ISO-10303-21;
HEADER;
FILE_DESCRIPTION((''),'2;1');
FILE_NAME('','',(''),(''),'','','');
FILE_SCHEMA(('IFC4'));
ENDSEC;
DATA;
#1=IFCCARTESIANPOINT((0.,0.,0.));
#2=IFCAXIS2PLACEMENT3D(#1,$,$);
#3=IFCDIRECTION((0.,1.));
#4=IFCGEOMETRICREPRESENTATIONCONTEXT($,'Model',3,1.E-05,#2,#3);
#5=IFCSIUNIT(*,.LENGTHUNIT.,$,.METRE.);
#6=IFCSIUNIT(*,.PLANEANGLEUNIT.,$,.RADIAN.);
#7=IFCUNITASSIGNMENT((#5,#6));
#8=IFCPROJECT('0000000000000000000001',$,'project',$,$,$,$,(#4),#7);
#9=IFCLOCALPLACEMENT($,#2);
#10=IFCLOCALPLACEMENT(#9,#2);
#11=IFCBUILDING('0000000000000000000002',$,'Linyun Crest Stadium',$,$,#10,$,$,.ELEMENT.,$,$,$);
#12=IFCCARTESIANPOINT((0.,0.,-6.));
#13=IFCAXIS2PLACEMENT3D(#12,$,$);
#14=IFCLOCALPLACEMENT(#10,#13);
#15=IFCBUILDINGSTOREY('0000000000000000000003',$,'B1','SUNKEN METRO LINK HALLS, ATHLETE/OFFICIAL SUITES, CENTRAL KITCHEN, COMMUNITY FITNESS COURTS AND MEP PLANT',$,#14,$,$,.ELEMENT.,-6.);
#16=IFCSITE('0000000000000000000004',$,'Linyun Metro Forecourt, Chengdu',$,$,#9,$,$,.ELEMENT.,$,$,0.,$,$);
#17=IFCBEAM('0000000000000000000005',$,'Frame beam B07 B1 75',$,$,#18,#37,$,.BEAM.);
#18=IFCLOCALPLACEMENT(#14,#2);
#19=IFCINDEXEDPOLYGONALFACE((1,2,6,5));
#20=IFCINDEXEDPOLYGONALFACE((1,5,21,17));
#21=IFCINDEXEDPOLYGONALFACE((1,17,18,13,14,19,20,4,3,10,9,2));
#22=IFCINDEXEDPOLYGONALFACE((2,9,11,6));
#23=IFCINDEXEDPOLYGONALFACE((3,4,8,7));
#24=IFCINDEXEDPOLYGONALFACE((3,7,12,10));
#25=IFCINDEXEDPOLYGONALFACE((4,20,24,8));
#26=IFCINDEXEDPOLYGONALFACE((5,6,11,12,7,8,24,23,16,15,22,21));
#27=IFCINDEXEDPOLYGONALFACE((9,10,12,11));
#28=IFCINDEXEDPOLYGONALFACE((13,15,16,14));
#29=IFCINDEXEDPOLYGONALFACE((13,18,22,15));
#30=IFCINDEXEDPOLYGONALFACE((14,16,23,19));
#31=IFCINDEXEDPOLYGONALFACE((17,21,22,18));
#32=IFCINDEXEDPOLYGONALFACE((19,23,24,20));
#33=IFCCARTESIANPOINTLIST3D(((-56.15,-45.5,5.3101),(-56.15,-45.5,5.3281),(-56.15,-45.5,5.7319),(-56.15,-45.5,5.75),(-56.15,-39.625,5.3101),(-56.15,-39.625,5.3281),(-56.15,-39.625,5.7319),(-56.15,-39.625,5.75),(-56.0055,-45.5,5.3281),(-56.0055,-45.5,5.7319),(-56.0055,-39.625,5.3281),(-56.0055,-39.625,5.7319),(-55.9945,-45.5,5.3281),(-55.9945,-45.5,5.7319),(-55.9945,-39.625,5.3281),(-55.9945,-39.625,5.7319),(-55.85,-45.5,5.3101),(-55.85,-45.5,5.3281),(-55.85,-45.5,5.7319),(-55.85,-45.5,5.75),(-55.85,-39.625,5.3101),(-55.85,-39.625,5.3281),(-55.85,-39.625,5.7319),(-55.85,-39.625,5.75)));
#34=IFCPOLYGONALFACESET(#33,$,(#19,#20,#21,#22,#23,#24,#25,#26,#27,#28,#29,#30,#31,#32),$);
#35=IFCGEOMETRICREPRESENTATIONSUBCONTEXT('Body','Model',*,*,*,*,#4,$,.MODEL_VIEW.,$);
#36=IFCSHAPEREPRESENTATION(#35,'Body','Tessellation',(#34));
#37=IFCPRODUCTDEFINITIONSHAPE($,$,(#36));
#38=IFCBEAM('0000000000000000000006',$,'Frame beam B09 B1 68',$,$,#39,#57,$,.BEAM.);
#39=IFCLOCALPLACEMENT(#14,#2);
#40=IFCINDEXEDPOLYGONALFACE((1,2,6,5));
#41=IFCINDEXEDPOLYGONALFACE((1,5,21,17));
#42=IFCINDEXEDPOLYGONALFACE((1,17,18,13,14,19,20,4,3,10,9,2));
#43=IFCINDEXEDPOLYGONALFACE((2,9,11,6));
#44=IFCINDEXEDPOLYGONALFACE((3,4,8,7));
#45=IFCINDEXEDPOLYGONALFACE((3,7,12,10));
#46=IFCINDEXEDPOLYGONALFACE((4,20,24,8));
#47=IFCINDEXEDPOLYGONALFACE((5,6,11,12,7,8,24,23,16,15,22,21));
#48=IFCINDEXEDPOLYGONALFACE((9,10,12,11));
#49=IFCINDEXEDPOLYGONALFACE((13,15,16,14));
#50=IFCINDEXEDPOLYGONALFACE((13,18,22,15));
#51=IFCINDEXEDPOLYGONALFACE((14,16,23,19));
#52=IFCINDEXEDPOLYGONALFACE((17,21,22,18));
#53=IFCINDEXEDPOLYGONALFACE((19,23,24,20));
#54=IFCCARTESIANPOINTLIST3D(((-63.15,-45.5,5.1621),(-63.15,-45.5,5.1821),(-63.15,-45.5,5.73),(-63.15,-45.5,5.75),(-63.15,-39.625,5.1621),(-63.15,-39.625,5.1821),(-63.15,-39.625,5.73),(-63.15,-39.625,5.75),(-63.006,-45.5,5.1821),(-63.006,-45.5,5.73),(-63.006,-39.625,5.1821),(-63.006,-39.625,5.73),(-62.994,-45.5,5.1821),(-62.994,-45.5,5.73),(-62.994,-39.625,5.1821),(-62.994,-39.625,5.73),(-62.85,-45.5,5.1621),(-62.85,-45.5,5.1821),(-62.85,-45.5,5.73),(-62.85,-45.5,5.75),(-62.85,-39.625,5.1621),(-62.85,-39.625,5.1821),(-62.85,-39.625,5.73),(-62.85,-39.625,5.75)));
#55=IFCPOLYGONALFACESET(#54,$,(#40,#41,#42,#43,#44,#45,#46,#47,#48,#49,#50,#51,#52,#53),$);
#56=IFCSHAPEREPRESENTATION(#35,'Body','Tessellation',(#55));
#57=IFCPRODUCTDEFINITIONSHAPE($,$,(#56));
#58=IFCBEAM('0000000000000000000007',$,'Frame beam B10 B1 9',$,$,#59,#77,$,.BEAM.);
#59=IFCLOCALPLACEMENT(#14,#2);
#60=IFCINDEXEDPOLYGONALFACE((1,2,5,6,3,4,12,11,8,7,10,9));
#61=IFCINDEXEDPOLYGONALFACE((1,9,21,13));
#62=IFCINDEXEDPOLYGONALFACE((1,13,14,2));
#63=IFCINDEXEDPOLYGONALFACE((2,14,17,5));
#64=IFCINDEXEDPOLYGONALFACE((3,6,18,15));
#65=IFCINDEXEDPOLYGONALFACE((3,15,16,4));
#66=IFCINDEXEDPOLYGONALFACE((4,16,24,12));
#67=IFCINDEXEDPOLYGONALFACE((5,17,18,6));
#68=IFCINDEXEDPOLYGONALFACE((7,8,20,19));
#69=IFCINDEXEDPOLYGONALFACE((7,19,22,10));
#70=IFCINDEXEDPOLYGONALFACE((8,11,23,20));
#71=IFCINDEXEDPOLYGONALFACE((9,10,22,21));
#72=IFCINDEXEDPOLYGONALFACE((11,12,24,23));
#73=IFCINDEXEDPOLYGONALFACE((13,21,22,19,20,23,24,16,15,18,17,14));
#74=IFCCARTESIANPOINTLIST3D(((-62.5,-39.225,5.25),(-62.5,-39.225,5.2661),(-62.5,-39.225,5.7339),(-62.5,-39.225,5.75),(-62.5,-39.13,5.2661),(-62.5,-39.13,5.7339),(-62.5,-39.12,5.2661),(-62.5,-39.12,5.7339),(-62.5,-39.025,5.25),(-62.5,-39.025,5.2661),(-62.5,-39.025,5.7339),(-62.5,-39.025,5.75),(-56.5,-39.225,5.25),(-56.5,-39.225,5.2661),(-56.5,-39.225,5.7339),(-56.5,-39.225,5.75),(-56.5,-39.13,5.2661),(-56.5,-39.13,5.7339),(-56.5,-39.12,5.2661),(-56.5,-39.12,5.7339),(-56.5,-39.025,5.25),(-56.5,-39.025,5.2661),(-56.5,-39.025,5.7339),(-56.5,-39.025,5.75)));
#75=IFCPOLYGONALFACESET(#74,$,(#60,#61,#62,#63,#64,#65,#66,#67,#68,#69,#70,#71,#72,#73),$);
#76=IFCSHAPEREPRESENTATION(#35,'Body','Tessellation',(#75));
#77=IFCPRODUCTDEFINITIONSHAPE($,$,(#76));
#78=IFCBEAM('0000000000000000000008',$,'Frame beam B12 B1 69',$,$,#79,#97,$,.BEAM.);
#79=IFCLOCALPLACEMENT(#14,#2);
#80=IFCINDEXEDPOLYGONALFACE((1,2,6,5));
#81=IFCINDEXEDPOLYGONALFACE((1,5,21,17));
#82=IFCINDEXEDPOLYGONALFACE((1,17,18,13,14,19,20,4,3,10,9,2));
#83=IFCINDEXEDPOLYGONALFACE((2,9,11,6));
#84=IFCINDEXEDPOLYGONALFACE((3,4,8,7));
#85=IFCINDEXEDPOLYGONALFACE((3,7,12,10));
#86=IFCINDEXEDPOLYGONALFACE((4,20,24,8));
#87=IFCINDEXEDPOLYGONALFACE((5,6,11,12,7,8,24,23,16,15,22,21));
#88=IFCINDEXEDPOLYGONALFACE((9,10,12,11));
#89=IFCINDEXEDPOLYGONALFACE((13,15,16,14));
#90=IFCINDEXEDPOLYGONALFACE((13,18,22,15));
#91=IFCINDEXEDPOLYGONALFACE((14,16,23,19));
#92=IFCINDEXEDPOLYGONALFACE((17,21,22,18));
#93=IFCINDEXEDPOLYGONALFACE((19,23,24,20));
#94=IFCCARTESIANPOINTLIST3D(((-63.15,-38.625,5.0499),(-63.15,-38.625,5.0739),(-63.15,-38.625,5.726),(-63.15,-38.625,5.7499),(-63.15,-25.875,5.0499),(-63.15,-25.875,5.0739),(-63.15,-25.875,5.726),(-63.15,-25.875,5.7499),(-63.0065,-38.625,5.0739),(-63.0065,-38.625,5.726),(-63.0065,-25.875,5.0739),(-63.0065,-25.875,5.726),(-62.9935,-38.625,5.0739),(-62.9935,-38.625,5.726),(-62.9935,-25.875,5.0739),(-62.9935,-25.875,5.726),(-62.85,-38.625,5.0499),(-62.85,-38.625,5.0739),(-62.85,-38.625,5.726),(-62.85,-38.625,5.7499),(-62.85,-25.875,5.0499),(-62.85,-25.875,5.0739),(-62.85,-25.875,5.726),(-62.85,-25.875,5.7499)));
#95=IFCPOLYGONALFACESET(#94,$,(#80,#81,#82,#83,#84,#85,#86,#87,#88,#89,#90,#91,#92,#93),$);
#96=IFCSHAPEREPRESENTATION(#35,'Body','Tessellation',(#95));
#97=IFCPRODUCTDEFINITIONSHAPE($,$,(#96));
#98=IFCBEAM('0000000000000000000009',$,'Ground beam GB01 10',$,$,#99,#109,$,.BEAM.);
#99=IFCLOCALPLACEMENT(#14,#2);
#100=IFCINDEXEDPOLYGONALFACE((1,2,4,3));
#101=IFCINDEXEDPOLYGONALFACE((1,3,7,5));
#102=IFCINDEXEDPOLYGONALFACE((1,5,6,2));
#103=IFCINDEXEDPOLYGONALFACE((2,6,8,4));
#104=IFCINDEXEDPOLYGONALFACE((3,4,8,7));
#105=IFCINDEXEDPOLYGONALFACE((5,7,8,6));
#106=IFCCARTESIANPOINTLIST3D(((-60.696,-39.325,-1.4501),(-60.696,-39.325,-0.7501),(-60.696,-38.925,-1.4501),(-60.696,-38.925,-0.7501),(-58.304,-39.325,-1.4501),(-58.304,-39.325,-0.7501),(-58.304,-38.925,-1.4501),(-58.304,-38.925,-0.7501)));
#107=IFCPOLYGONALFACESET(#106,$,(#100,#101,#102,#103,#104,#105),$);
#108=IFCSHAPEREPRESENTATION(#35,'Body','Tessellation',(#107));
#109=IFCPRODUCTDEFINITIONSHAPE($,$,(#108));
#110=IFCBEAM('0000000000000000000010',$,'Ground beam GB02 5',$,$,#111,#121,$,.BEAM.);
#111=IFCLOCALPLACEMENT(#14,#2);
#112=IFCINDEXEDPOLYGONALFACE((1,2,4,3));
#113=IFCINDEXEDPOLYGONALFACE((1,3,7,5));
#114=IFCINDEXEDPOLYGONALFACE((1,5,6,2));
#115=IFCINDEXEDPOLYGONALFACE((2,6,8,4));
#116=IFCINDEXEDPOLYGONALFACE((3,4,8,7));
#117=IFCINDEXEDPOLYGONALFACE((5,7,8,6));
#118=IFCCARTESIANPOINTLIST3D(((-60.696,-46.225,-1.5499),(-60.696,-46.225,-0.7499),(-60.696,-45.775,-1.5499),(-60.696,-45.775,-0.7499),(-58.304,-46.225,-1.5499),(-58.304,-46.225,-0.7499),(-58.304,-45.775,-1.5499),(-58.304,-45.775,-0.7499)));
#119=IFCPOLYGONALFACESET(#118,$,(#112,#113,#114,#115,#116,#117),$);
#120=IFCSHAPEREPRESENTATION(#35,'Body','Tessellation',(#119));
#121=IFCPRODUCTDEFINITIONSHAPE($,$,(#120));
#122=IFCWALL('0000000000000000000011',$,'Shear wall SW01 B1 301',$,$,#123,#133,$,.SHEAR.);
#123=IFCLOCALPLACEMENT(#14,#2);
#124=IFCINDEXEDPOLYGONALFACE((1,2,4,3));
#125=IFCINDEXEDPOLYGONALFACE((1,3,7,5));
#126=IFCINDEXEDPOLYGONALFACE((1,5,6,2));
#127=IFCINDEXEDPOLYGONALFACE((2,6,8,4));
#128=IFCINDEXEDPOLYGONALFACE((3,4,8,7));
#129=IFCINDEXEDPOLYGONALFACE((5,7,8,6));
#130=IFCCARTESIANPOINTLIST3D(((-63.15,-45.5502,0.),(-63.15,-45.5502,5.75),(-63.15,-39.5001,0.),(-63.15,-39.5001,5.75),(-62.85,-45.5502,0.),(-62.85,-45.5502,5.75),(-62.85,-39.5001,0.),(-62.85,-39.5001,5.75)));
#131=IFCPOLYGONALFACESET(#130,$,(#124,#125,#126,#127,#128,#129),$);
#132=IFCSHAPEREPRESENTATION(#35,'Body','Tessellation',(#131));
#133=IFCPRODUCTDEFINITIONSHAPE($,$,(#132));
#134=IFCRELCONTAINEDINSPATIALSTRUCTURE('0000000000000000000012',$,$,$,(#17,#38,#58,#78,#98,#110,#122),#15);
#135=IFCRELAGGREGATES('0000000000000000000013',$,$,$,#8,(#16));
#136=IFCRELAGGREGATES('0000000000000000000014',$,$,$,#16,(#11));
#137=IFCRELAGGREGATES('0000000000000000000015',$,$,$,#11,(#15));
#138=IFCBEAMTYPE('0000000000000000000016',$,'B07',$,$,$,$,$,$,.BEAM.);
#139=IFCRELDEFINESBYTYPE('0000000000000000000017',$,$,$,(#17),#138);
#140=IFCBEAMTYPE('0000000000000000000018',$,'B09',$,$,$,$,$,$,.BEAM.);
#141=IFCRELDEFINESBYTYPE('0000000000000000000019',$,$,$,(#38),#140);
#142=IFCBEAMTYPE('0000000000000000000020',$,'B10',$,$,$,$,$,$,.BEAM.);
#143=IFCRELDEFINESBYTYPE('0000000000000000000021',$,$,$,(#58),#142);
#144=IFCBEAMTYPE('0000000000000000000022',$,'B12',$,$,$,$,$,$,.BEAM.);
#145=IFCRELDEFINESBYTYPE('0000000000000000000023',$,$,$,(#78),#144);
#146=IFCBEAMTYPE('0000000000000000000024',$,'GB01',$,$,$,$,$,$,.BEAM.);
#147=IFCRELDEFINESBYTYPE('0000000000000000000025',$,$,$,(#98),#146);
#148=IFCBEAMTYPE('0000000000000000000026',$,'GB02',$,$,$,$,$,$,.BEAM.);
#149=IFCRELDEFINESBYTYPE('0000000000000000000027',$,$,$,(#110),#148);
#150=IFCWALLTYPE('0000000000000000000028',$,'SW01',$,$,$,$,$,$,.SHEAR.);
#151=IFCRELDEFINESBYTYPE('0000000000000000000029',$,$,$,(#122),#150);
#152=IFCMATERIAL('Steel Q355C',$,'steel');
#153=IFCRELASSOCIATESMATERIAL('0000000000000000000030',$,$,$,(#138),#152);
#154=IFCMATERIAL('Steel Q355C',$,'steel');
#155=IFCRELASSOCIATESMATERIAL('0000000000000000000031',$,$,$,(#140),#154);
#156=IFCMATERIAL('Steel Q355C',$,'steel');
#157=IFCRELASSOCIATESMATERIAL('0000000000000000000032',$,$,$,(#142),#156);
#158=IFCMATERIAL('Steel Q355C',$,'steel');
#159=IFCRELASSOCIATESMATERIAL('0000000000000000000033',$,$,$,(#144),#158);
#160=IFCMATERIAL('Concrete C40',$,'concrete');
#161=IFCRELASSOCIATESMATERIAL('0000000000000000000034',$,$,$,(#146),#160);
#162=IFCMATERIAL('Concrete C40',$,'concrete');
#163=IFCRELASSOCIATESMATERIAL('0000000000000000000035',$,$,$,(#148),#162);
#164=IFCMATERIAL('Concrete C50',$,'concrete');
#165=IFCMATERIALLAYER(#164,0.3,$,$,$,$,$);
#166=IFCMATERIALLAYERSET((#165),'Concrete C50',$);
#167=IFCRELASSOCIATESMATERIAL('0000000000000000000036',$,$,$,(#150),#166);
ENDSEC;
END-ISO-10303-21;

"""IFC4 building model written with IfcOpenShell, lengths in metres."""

from ifc_helpers import new_model, si_unit, direction, frame, frame_2d, origin, origin_2d, place, context, subcontext, project, spatial, rectangle, i_section, extrude, material, layer, layer_set, material_profile, profile_set, type_object, element, save


model = new_model("IFC4")

# Units and contexts
model_context = context("Model", 3, precision=1e-05, world=origin(), true_north=direction((0.0, 1.0)))
body_context = subcontext(model_context, "Body", "Model", "MODEL_VIEW")
ifc_project = project(units=[si_unit("LENGTHUNIT", "METRE"), si_unit("PLANEANGLEUNIT", "RADIAN")], contexts=[model_context])

# Site, building, storey
site_placement = place(None, origin())
site = spatial("IfcSite", under=ifc_project, at=site_placement, Name="Linyun Metro Forecourt, Chengdu", CompositionType="ELEMENT", RefElevation=0.0)
building_placement = place(site_placement, origin())
building = spatial("IfcBuilding", under=site, at=building_placement, Name="Linyun Crest Stadium", CompositionType="ELEMENT")
storey_placement = place(building_placement, frame((0.0, 0.0, -6.0)))
storey = spatial("IfcBuildingStorey", under=building, at=storey_placement, Name="B1", Description="SUNKEN METRO LINK HALLS, ATHLETE/OFFICIAL SUITES, CENTRAL KITCHEN, COMMUNITY FITNESS COURTS AND MEP PLANT", CompositionType="ELEMENT", Elevation=-6.0)

# Beams
ifc_material_1 = material(Name="Steel Q355C", Category="steel")
ifc_material_profile_1 = material_profile(ifc_material_1, i_section(OverallWidth=0.3, OverallDepth=0.4399, WebThickness=0.011, FlangeThickness=0.0181, at=origin_2d()), Name="HM 440x300")
ifc_profile_set_1 = profile_set([ifc_material_profile_1], Name="Steel Q355C")
beam_type_1 = type_object("IfcBeamType", Name="B07", PredefinedType="BEAM", material=ifc_profile_set_1)
beam_1_placement = place(storey_placement, frame((-56.0, -45.5, 5.53), z_axis=(0.0, 1.0, 0.0), x_axis=(-1.0, 0.0, 0.0)))
element("IfcBeam", 1, at=beam_1_placement, inside=storey, type_object=beam_type_1, Name="Frame beam B07 B1 75", PredefinedType="BEAM", context=body_context, shape_type="SweptSolid", body=[
    extrude(i_section(OverallWidth=0.3, OverallDepth=0.4399, WebThickness=0.011, FlangeThickness=0.0181, at=origin_2d()), origin(), (0.0, 0.0, 1.0), 5.875),
])
ifc_material_2 = material(Name="Steel Q355C", Category="steel")
ifc_material_profile_2 = material_profile(ifc_material_2, i_section(OverallWidth=0.3, OverallDepth=0.5879, WebThickness=0.012, FlangeThickness=0.02, at=origin_2d()), Name="HM 588x300")
ifc_profile_set_2 = profile_set([ifc_material_profile_2], Name="Steel Q355C")
beam_type_2 = type_object("IfcBeamType", Name="B09", PredefinedType="BEAM", material=ifc_profile_set_2)
beam_2_placement = place(storey_placement, frame((-63.0, -45.5, 5.4561), z_axis=(0.0, 1.0, 0.0), x_axis=(-1.0, 0.0, 0.0)))
element("IfcBeam", 2, at=beam_2_placement, inside=storey, type_object=beam_type_2, Name="Frame beam B09 B1 68", PredefinedType="BEAM", context=body_context, shape_type="SweptSolid", body=[
    extrude(i_section(OverallWidth=0.3, OverallDepth=0.5879, WebThickness=0.012, FlangeThickness=0.02, at=origin_2d()), origin(), (0.0, 0.0, 1.0), 5.875),
])
ifc_material_3 = material(Name="Steel Q355C", Category="steel")
ifc_material_profile_3 = material_profile(ifc_material_3, i_section(OverallWidth=0.2, OverallDepth=0.5, WebThickness=0.01, FlangeThickness=0.0161, at=origin_2d()), Name="HN 500x200")
ifc_profile_set_3 = profile_set([ifc_material_profile_3], Name="Steel Q355C")
beam_type_3 = type_object("IfcBeamType", Name="B10", PredefinedType="BEAM", material=ifc_profile_set_3)
beam_3_placement = place(storey_placement, frame((-62.5, -39.125, 5.5), z_axis=(1.0, 0.0, 0.0), x_axis=(0.0, 1.0, 0.0)))
element("IfcBeam", 3, at=beam_3_placement, inside=storey, type_object=beam_type_3, Name="Frame beam B10 B1 9", PredefinedType="BEAM", context=body_context, shape_type="SweptSolid", body=[
    extrude(i_section(OverallWidth=0.2, OverallDepth=0.5, WebThickness=0.01, FlangeThickness=0.0161, at=origin_2d()), origin(), (0.0, 0.0, 1.0), 6.0),
])
ifc_material_4 = material(Name="Steel Q355C", Category="steel")
ifc_material_profile_4 = material_profile(ifc_material_4, i_section(OverallWidth=0.3, OverallDepth=0.7, WebThickness=0.0129, FlangeThickness=0.0239, at=origin_2d()), Name="HN 700x300")
ifc_profile_set_4 = profile_set([ifc_material_profile_4], Name="Steel Q355C")
beam_type_4 = type_object("IfcBeamType", Name="B12", PredefinedType="BEAM", material=ifc_profile_set_4)
beam_4_placement = place(storey_placement, frame((-63.0, -38.625, 5.3999), z_axis=(0.0, 1.0, 0.0), x_axis=(-1.0, 0.0, 0.0)))
element("IfcBeam", 4, at=beam_4_placement, inside=storey, type_object=beam_type_4, Name="Frame beam B12 B1 69", PredefinedType="BEAM", context=body_context, shape_type="SweptSolid", body=[
    extrude(i_section(OverallWidth=0.3, OverallDepth=0.7, WebThickness=0.0129, FlangeThickness=0.0239, at=origin_2d()), origin(), (0.0, 0.0, 1.0), 12.75),
])
ifc_material_5 = material(Name="Concrete C40", Category="concrete")
ifc_material_profile_5 = material_profile(ifc_material_5, rectangle(XDim=0.3999, YDim=0.7, at=origin_2d()), Name="RCB 700x400")
ifc_profile_set_5 = profile_set([ifc_material_profile_5], Name="Concrete C40")
beam_type_5 = type_object("IfcBeamType", Name="GB01", PredefinedType="BEAM", material=ifc_profile_set_5)
beam_5_placement = place(storey_placement, frame((-60.696, -39.125, -1.1001), z_axis=(1.0, 0.0, 0.0), x_axis=(0.0, 1.0, 0.0)))
element("IfcBeam", 5, at=beam_5_placement, inside=storey, type_object=beam_type_5, Name="Ground beam GB01 10", PredefinedType="BEAM", context=body_context, shape_type="SweptSolid", body=[
    extrude(rectangle(XDim=0.3999, YDim=0.7, at=origin_2d()), origin(), (0.0, 0.0, 1.0), 2.3921),
])
ifc_material_6 = material(Name="Concrete C40", Category="concrete")
ifc_material_profile_6 = material_profile(ifc_material_6, rectangle(XDim=0.45, YDim=0.8, at=origin_2d()), Name="RCB 800x450")
ifc_profile_set_6 = profile_set([ifc_material_profile_6], Name="Concrete C40")
beam_type_6 = type_object("IfcBeamType", Name="GB02", PredefinedType="BEAM", material=ifc_profile_set_6)
beam_6_placement = place(storey_placement, frame((-60.696, -46.0, -1.1499), z_axis=(1.0, 0.0, 0.0), x_axis=(0.0, 1.0, 0.0)))
element("IfcBeam", 6, at=beam_6_placement, inside=storey, type_object=beam_type_6, Name="Ground beam GB02 5", PredefinedType="BEAM", context=body_context, shape_type="SweptSolid", body=[
    extrude(rectangle(XDim=0.45, YDim=0.8, at=origin_2d()), origin(), (0.0, 0.0, 1.0), 2.3921),
])

# Wall
ifc_material_7 = material(Name="Concrete C50", Category="concrete")
ifc_layer = layer(ifc_material_7, 0.3)
ifc_layer_set = layer_set([ifc_layer], Name="Concrete C50")
wall_type = type_object("IfcWallType", Name="SW01", PredefinedType="SHEAR", material=ifc_layer_set)
wall_placement = place(storey_placement, frame((-63.0, -45.55, 0.0), z_axis=(0.0, 0.0, 1.0), x_axis=(0.0, 1.0, 0.0)))
element("IfcWall", 7, at=wall_placement, inside=storey, type_object=wall_type, Name="Shear wall SW01 B1 301", PredefinedType="SHEAR", context=body_context, shape_type="SweptSolid", body=[
    extrude(rectangle(XDim=6.05, YDim=0.3, at=frame_2d((3.0249, 0.0))), origin(), (0.0, 0.0, 1.0), 5.75),
])

save(model, "model.ifc")
